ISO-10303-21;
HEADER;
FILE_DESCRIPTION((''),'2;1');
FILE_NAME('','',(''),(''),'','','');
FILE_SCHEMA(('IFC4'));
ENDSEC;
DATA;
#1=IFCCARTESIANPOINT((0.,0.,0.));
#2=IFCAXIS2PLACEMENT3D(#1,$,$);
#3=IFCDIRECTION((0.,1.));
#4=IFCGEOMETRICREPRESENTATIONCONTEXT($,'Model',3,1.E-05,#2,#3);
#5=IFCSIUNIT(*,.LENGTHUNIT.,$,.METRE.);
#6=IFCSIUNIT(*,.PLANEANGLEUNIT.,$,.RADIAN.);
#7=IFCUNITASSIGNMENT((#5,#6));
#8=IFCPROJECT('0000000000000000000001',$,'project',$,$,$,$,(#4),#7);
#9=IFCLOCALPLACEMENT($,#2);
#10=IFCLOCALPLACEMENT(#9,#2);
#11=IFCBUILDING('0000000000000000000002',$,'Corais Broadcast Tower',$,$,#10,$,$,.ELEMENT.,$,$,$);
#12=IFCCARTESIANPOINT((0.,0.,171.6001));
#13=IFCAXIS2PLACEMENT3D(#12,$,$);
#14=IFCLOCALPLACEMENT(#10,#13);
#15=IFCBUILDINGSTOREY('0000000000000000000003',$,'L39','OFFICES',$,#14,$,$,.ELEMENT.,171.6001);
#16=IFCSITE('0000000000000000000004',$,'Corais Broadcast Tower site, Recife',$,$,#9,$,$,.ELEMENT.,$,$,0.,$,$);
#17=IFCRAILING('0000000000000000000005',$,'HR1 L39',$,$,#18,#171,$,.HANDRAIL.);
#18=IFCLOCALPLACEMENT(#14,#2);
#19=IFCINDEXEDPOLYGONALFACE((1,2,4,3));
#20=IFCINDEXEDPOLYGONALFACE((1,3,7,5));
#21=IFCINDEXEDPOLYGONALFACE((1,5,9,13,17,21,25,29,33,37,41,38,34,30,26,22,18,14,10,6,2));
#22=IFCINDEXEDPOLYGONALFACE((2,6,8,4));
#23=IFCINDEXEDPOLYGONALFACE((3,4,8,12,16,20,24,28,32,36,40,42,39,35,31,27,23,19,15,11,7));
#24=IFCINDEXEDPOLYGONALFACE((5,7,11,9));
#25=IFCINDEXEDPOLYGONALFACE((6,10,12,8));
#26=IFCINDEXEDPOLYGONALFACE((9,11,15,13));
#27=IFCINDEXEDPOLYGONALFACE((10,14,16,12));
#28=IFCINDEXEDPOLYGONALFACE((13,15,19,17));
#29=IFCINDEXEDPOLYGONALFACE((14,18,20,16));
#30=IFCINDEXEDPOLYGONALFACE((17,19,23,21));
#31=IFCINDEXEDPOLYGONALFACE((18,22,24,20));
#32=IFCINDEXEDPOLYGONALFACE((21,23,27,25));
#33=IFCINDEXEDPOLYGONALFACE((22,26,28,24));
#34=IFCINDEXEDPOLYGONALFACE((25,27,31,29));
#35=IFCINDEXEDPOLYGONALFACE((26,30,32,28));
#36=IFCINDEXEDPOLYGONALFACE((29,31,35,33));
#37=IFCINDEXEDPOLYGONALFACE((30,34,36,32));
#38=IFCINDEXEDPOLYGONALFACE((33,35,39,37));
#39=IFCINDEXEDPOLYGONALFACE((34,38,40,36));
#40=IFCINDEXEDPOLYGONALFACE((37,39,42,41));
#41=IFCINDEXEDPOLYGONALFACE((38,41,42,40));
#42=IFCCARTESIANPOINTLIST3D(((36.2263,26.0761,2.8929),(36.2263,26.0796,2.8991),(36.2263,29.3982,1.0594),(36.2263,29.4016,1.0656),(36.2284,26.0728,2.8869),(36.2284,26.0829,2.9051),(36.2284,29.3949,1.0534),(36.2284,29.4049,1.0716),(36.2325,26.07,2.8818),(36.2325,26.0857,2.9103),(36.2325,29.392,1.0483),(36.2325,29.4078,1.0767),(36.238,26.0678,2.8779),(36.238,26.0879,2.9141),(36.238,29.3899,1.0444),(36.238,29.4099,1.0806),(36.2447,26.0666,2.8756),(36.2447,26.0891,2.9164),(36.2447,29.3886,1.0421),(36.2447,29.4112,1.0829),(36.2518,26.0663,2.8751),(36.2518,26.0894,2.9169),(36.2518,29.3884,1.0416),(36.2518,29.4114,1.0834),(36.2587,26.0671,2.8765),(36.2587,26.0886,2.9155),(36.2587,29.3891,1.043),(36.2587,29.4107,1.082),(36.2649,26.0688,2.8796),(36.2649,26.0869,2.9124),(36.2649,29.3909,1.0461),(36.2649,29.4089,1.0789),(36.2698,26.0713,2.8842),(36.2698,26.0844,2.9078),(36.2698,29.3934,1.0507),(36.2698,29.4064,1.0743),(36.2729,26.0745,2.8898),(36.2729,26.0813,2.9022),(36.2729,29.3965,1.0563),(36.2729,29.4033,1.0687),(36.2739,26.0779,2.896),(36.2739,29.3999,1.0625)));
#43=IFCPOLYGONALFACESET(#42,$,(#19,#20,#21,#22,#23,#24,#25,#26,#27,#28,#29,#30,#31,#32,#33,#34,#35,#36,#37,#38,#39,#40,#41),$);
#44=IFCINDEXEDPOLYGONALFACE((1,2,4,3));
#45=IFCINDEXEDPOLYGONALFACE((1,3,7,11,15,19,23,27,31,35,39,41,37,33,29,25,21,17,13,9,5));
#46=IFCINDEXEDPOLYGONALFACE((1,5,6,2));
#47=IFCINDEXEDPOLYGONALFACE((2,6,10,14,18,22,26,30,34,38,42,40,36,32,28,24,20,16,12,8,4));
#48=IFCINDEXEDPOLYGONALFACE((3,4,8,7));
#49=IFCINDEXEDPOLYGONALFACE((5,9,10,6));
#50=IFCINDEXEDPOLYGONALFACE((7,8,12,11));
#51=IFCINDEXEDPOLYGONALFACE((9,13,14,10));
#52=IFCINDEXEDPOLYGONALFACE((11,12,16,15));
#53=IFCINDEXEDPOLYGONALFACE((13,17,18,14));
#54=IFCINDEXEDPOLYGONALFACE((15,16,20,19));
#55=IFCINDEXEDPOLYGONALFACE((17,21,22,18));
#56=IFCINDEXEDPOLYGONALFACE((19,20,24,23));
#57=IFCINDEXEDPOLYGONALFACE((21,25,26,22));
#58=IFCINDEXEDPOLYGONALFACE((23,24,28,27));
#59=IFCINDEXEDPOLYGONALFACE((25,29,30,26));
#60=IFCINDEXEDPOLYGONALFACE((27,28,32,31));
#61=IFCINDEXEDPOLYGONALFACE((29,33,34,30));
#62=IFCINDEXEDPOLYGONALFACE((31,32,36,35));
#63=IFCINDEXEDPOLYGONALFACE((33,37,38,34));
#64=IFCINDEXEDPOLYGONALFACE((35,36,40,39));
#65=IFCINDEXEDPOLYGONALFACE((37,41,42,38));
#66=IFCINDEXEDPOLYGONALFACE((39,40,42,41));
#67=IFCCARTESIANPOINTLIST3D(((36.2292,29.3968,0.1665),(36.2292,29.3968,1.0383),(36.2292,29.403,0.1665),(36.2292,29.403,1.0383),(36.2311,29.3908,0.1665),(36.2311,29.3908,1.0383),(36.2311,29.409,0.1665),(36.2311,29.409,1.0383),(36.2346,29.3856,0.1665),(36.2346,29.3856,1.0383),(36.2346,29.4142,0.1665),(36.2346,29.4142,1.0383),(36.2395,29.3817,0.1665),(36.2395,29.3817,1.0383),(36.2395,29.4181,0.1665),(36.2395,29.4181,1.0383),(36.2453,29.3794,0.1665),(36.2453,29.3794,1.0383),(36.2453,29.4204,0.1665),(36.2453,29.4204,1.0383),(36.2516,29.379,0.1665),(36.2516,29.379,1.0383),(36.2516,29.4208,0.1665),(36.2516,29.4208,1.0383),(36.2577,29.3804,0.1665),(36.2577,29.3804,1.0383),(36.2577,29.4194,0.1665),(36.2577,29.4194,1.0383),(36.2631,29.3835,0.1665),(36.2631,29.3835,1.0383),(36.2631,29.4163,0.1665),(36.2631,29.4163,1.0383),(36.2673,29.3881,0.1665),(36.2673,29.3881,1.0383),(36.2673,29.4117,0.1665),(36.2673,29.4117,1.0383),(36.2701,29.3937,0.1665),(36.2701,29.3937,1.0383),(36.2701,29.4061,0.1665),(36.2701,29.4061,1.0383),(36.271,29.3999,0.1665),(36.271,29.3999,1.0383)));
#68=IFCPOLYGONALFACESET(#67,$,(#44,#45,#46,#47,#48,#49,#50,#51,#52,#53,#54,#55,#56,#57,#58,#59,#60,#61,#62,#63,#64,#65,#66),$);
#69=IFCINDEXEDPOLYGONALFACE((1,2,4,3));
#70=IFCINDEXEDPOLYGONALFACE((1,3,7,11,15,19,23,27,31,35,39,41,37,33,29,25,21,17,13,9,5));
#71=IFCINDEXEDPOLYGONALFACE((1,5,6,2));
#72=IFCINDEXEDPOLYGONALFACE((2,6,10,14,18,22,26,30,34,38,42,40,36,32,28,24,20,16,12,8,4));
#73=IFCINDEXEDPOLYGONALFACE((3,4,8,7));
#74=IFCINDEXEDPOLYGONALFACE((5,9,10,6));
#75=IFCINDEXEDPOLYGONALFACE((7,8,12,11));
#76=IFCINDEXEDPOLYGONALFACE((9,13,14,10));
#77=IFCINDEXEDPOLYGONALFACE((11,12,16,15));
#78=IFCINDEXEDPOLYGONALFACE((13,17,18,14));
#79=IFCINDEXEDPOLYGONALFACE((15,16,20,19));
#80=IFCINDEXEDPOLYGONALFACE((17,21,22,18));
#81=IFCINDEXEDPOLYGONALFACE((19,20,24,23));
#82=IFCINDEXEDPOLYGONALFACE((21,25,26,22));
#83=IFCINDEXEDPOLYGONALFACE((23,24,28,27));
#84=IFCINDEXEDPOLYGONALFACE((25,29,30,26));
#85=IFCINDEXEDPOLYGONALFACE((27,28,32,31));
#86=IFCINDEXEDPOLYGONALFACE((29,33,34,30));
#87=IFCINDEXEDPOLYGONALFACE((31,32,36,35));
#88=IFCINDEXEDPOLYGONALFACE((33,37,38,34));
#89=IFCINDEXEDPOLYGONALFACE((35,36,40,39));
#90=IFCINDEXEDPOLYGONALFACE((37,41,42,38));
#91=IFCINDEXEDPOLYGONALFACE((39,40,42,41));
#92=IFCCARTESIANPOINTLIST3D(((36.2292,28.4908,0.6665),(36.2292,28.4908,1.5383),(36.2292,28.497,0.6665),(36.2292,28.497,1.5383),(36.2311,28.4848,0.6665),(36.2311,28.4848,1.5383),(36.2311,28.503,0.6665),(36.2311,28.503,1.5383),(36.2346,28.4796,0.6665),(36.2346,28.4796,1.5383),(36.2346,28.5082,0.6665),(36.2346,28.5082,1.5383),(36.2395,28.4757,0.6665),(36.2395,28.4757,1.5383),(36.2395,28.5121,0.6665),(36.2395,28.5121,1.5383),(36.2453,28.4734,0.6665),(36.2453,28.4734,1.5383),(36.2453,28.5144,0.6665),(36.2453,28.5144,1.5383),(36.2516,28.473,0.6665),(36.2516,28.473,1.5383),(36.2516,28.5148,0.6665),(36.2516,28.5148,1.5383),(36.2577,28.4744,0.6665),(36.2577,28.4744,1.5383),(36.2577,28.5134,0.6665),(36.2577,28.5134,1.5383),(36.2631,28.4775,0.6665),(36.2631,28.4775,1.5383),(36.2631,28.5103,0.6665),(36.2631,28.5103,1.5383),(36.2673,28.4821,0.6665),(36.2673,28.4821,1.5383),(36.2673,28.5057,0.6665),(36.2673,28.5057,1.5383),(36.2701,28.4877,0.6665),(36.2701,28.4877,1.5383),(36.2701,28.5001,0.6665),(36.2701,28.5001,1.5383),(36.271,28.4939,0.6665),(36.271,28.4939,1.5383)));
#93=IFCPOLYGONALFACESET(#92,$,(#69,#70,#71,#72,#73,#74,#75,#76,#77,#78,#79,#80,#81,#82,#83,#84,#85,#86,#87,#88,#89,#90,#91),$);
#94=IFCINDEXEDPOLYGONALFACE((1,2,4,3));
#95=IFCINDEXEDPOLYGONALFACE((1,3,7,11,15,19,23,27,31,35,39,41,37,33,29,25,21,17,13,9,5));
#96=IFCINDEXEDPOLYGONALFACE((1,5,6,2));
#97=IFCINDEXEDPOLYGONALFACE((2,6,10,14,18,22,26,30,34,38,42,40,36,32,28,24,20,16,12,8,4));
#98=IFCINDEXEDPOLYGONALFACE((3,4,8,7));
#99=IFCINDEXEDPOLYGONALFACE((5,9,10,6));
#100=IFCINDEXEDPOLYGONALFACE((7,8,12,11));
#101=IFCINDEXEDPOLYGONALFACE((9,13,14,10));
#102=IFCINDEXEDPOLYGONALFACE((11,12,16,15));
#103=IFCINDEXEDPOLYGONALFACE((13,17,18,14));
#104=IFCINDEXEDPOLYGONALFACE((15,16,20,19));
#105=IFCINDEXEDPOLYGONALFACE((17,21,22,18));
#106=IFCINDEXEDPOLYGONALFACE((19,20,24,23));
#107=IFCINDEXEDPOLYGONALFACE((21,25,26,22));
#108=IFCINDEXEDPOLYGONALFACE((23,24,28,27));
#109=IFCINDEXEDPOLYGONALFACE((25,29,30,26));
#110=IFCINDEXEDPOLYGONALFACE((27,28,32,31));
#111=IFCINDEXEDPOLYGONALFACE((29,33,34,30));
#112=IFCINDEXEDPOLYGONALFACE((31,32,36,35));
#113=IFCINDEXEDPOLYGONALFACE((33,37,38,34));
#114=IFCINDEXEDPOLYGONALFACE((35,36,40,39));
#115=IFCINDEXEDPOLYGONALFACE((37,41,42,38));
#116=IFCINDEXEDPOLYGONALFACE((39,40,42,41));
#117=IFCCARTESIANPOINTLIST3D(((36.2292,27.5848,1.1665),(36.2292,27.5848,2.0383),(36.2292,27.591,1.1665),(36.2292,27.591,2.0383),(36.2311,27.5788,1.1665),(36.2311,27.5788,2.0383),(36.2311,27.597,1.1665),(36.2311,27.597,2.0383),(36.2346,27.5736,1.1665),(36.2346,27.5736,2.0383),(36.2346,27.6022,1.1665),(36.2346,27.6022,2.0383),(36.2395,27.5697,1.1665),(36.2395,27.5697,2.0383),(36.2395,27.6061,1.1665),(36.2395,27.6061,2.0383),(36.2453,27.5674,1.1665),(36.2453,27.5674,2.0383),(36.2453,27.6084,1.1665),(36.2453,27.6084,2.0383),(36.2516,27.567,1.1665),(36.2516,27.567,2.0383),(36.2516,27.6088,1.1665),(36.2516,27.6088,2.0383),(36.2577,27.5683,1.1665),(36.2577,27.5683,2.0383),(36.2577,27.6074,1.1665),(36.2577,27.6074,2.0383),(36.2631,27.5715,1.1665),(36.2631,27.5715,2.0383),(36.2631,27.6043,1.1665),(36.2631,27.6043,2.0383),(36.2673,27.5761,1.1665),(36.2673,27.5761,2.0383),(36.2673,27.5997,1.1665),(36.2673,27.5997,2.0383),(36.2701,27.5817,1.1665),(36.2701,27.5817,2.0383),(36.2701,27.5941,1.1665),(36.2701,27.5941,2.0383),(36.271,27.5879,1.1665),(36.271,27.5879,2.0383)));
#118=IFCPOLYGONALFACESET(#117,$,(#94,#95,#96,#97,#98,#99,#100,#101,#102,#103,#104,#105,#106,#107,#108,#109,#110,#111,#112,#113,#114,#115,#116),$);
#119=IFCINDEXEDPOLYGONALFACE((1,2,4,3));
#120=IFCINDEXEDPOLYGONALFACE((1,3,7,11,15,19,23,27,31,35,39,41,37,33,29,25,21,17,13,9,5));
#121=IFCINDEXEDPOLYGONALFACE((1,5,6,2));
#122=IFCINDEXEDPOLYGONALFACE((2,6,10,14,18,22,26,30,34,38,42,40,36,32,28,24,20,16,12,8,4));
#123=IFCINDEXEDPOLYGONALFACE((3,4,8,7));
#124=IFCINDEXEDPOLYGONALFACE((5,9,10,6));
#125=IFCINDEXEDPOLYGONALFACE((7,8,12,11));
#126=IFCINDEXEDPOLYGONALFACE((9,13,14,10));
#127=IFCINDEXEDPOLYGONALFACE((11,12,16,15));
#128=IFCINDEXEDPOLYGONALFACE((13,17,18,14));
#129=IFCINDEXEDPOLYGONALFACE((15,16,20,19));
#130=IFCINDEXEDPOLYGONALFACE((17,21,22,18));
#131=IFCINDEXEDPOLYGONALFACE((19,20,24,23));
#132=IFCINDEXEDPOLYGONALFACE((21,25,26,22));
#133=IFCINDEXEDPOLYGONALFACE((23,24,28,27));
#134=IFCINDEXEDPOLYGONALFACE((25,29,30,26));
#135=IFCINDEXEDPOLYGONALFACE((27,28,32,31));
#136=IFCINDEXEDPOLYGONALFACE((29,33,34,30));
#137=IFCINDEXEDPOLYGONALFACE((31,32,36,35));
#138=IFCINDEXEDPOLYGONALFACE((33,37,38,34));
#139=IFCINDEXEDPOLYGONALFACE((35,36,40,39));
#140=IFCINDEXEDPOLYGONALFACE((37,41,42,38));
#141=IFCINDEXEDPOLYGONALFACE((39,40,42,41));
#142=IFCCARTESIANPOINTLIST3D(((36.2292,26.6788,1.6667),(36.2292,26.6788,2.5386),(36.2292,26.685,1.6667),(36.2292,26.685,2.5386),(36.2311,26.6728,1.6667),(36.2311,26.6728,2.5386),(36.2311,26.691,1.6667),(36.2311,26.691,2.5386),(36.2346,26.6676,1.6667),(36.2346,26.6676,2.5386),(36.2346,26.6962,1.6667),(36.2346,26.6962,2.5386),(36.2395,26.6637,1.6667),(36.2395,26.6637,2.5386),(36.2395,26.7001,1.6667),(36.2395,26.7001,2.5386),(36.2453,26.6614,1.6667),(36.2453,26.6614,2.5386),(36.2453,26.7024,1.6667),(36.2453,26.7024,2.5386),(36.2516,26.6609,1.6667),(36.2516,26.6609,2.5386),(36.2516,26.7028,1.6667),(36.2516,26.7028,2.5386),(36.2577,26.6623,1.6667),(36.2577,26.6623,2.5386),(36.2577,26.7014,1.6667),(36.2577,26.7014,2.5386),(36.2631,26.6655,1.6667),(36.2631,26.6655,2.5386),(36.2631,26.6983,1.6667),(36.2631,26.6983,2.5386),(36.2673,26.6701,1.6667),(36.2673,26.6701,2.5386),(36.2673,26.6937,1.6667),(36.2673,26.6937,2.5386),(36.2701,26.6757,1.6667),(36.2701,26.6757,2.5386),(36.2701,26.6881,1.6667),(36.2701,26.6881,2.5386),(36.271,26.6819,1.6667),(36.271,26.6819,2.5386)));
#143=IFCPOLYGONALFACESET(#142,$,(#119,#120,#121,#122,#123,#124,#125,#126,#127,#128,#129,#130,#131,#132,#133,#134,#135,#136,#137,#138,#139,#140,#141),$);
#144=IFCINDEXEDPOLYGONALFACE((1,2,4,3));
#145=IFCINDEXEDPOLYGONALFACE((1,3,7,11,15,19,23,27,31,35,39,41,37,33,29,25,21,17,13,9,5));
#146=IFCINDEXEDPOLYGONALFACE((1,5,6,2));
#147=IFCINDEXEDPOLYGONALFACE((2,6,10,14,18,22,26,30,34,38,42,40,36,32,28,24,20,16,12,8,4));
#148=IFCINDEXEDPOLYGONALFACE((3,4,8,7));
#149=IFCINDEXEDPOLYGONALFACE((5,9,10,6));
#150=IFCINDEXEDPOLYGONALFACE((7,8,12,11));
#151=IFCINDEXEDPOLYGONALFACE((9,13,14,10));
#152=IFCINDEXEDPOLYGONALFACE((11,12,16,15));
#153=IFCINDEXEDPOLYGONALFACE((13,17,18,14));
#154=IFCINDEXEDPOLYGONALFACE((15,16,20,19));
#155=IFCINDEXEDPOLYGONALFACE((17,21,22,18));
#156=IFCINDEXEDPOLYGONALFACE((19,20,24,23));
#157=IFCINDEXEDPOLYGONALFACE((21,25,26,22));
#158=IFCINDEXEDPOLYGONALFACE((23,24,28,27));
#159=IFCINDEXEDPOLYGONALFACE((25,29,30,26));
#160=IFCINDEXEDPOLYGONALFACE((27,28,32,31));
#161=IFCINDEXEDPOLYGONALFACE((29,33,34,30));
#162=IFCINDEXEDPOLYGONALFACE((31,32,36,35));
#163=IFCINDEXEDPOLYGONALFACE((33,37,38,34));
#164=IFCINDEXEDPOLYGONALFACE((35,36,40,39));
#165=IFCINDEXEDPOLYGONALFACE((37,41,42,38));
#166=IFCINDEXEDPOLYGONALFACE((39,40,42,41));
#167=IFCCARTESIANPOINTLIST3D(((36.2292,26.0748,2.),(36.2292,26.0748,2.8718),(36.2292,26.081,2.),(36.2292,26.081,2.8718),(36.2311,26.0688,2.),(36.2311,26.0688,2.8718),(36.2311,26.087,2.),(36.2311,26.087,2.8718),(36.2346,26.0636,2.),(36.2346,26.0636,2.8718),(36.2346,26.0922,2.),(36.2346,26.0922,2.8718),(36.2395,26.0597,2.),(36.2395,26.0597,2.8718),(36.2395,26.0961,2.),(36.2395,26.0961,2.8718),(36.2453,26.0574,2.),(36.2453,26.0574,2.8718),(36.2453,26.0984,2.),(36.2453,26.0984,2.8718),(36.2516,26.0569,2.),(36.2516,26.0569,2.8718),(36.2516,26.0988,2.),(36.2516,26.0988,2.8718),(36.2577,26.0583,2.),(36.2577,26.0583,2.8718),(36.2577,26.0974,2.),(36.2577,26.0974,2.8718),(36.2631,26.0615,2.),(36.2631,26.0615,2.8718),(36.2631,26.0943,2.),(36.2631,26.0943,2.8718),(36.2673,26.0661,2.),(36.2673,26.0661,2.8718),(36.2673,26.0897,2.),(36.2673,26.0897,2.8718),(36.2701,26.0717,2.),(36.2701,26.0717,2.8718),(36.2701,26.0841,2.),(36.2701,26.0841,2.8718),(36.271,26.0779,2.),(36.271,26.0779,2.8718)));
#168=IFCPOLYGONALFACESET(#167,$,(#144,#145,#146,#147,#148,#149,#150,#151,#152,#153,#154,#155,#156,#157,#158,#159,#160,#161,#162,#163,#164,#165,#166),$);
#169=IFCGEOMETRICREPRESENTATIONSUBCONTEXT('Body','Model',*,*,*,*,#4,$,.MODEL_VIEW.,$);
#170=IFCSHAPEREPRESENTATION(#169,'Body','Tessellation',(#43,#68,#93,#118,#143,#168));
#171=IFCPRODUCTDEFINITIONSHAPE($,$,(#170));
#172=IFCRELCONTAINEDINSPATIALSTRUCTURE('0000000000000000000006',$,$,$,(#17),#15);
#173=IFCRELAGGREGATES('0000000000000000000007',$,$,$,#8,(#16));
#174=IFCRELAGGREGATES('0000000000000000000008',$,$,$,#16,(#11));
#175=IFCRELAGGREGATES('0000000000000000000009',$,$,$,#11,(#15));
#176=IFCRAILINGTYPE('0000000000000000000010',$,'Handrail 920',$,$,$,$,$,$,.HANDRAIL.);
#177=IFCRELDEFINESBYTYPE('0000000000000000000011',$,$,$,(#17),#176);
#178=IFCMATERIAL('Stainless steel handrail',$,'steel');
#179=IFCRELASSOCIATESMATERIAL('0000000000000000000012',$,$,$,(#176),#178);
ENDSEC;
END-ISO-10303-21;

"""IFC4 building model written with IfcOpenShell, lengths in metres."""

from ifc_helpers import new_model, si_unit, direction, frame, origin, origin_2d, place, context, subcontext, project, spatial, circle, extrude, material, type_object, element, save


model = new_model("IFC4")

# Units and contexts
model_context = context("Model", 3, precision=1e-05, world=origin(), true_north=direction((0.0, 1.0)))
body_context = subcontext(model_context, "Body", "Model", "MODEL_VIEW")
ifc_project = project(units=[si_unit("LENGTHUNIT", "METRE"), si_unit("PLANEANGLEUNIT", "RADIAN")], contexts=[model_context])

# Site, building, storey
site_placement = place(None, origin())
site = spatial("IfcSite", under=ifc_project, at=site_placement, Name="Corais Broadcast Tower site, Recife", CompositionType="ELEMENT", RefElevation=0.0)
building_placement = place(site_placement, origin())
building = spatial("IfcBuilding", under=site, at=building_placement, Name="Corais Broadcast Tower", CompositionType="ELEMENT")
storey_placement = place(building_placement, frame((0.0, 0.0, 171.6001)))
storey = spatial("IfcBuildingStorey", under=building, at=storey_placement, Name="L39", Description="OFFICES", CompositionType="ELEMENT", Elevation=171.6001)

# Railing
ifc_material_1 = material(Name="Stainless steel handrail", Category="steel")
railing_type = type_object("IfcRailingType", Name="Handrail 920", PredefinedType="HANDRAIL", material=ifc_material_1)
for number, where, name in (
    (1, (36.25, 29.3999, 0.1665), "HR1 L39"),
):
    element("IfcRailing", number, at=place(storey_placement, frame(where)), inside=storey, type_object=railing_type, Name=name, PredefinedType="HANDRAIL", context=body_context, shape_type="SweptSolid", body=[
        extrude(circle(Radius=0.0239, at=origin_2d()), frame((0.0, 0.0, 0.896), z_axis=(0.0, -0.875504, 0.48321), x_axis=(1.0, 0.0, 0.0)), (0.0, 0.0, 1.0), 3.7944),
        extrude(circle(Radius=0.021, at=origin_2d()), origin(), (0.0, 0.0, 1.0), 0.8718),
        extrude(circle(Radius=0.021, at=origin_2d()), frame((0.0, -0.906, 0.5)), (0.0, 0.0, 1.0), 0.8718),
        extrude(circle(Radius=0.021, at=origin_2d()), frame((0.0, -1.812, 1.0)), (0.0, 0.0, 1.0), 0.8718),
        extrude(circle(Radius=0.021, at=origin_2d()), frame((0.0, -2.718, 1.5002)), (0.0, 0.0, 1.0), 0.8718),
        extrude(circle(Radius=0.021, at=origin_2d()), frame((0.0, -3.322, 1.8335)), (0.0, 0.0, 1.0), 0.8718),
    ])

save(model, "model.ifc")
